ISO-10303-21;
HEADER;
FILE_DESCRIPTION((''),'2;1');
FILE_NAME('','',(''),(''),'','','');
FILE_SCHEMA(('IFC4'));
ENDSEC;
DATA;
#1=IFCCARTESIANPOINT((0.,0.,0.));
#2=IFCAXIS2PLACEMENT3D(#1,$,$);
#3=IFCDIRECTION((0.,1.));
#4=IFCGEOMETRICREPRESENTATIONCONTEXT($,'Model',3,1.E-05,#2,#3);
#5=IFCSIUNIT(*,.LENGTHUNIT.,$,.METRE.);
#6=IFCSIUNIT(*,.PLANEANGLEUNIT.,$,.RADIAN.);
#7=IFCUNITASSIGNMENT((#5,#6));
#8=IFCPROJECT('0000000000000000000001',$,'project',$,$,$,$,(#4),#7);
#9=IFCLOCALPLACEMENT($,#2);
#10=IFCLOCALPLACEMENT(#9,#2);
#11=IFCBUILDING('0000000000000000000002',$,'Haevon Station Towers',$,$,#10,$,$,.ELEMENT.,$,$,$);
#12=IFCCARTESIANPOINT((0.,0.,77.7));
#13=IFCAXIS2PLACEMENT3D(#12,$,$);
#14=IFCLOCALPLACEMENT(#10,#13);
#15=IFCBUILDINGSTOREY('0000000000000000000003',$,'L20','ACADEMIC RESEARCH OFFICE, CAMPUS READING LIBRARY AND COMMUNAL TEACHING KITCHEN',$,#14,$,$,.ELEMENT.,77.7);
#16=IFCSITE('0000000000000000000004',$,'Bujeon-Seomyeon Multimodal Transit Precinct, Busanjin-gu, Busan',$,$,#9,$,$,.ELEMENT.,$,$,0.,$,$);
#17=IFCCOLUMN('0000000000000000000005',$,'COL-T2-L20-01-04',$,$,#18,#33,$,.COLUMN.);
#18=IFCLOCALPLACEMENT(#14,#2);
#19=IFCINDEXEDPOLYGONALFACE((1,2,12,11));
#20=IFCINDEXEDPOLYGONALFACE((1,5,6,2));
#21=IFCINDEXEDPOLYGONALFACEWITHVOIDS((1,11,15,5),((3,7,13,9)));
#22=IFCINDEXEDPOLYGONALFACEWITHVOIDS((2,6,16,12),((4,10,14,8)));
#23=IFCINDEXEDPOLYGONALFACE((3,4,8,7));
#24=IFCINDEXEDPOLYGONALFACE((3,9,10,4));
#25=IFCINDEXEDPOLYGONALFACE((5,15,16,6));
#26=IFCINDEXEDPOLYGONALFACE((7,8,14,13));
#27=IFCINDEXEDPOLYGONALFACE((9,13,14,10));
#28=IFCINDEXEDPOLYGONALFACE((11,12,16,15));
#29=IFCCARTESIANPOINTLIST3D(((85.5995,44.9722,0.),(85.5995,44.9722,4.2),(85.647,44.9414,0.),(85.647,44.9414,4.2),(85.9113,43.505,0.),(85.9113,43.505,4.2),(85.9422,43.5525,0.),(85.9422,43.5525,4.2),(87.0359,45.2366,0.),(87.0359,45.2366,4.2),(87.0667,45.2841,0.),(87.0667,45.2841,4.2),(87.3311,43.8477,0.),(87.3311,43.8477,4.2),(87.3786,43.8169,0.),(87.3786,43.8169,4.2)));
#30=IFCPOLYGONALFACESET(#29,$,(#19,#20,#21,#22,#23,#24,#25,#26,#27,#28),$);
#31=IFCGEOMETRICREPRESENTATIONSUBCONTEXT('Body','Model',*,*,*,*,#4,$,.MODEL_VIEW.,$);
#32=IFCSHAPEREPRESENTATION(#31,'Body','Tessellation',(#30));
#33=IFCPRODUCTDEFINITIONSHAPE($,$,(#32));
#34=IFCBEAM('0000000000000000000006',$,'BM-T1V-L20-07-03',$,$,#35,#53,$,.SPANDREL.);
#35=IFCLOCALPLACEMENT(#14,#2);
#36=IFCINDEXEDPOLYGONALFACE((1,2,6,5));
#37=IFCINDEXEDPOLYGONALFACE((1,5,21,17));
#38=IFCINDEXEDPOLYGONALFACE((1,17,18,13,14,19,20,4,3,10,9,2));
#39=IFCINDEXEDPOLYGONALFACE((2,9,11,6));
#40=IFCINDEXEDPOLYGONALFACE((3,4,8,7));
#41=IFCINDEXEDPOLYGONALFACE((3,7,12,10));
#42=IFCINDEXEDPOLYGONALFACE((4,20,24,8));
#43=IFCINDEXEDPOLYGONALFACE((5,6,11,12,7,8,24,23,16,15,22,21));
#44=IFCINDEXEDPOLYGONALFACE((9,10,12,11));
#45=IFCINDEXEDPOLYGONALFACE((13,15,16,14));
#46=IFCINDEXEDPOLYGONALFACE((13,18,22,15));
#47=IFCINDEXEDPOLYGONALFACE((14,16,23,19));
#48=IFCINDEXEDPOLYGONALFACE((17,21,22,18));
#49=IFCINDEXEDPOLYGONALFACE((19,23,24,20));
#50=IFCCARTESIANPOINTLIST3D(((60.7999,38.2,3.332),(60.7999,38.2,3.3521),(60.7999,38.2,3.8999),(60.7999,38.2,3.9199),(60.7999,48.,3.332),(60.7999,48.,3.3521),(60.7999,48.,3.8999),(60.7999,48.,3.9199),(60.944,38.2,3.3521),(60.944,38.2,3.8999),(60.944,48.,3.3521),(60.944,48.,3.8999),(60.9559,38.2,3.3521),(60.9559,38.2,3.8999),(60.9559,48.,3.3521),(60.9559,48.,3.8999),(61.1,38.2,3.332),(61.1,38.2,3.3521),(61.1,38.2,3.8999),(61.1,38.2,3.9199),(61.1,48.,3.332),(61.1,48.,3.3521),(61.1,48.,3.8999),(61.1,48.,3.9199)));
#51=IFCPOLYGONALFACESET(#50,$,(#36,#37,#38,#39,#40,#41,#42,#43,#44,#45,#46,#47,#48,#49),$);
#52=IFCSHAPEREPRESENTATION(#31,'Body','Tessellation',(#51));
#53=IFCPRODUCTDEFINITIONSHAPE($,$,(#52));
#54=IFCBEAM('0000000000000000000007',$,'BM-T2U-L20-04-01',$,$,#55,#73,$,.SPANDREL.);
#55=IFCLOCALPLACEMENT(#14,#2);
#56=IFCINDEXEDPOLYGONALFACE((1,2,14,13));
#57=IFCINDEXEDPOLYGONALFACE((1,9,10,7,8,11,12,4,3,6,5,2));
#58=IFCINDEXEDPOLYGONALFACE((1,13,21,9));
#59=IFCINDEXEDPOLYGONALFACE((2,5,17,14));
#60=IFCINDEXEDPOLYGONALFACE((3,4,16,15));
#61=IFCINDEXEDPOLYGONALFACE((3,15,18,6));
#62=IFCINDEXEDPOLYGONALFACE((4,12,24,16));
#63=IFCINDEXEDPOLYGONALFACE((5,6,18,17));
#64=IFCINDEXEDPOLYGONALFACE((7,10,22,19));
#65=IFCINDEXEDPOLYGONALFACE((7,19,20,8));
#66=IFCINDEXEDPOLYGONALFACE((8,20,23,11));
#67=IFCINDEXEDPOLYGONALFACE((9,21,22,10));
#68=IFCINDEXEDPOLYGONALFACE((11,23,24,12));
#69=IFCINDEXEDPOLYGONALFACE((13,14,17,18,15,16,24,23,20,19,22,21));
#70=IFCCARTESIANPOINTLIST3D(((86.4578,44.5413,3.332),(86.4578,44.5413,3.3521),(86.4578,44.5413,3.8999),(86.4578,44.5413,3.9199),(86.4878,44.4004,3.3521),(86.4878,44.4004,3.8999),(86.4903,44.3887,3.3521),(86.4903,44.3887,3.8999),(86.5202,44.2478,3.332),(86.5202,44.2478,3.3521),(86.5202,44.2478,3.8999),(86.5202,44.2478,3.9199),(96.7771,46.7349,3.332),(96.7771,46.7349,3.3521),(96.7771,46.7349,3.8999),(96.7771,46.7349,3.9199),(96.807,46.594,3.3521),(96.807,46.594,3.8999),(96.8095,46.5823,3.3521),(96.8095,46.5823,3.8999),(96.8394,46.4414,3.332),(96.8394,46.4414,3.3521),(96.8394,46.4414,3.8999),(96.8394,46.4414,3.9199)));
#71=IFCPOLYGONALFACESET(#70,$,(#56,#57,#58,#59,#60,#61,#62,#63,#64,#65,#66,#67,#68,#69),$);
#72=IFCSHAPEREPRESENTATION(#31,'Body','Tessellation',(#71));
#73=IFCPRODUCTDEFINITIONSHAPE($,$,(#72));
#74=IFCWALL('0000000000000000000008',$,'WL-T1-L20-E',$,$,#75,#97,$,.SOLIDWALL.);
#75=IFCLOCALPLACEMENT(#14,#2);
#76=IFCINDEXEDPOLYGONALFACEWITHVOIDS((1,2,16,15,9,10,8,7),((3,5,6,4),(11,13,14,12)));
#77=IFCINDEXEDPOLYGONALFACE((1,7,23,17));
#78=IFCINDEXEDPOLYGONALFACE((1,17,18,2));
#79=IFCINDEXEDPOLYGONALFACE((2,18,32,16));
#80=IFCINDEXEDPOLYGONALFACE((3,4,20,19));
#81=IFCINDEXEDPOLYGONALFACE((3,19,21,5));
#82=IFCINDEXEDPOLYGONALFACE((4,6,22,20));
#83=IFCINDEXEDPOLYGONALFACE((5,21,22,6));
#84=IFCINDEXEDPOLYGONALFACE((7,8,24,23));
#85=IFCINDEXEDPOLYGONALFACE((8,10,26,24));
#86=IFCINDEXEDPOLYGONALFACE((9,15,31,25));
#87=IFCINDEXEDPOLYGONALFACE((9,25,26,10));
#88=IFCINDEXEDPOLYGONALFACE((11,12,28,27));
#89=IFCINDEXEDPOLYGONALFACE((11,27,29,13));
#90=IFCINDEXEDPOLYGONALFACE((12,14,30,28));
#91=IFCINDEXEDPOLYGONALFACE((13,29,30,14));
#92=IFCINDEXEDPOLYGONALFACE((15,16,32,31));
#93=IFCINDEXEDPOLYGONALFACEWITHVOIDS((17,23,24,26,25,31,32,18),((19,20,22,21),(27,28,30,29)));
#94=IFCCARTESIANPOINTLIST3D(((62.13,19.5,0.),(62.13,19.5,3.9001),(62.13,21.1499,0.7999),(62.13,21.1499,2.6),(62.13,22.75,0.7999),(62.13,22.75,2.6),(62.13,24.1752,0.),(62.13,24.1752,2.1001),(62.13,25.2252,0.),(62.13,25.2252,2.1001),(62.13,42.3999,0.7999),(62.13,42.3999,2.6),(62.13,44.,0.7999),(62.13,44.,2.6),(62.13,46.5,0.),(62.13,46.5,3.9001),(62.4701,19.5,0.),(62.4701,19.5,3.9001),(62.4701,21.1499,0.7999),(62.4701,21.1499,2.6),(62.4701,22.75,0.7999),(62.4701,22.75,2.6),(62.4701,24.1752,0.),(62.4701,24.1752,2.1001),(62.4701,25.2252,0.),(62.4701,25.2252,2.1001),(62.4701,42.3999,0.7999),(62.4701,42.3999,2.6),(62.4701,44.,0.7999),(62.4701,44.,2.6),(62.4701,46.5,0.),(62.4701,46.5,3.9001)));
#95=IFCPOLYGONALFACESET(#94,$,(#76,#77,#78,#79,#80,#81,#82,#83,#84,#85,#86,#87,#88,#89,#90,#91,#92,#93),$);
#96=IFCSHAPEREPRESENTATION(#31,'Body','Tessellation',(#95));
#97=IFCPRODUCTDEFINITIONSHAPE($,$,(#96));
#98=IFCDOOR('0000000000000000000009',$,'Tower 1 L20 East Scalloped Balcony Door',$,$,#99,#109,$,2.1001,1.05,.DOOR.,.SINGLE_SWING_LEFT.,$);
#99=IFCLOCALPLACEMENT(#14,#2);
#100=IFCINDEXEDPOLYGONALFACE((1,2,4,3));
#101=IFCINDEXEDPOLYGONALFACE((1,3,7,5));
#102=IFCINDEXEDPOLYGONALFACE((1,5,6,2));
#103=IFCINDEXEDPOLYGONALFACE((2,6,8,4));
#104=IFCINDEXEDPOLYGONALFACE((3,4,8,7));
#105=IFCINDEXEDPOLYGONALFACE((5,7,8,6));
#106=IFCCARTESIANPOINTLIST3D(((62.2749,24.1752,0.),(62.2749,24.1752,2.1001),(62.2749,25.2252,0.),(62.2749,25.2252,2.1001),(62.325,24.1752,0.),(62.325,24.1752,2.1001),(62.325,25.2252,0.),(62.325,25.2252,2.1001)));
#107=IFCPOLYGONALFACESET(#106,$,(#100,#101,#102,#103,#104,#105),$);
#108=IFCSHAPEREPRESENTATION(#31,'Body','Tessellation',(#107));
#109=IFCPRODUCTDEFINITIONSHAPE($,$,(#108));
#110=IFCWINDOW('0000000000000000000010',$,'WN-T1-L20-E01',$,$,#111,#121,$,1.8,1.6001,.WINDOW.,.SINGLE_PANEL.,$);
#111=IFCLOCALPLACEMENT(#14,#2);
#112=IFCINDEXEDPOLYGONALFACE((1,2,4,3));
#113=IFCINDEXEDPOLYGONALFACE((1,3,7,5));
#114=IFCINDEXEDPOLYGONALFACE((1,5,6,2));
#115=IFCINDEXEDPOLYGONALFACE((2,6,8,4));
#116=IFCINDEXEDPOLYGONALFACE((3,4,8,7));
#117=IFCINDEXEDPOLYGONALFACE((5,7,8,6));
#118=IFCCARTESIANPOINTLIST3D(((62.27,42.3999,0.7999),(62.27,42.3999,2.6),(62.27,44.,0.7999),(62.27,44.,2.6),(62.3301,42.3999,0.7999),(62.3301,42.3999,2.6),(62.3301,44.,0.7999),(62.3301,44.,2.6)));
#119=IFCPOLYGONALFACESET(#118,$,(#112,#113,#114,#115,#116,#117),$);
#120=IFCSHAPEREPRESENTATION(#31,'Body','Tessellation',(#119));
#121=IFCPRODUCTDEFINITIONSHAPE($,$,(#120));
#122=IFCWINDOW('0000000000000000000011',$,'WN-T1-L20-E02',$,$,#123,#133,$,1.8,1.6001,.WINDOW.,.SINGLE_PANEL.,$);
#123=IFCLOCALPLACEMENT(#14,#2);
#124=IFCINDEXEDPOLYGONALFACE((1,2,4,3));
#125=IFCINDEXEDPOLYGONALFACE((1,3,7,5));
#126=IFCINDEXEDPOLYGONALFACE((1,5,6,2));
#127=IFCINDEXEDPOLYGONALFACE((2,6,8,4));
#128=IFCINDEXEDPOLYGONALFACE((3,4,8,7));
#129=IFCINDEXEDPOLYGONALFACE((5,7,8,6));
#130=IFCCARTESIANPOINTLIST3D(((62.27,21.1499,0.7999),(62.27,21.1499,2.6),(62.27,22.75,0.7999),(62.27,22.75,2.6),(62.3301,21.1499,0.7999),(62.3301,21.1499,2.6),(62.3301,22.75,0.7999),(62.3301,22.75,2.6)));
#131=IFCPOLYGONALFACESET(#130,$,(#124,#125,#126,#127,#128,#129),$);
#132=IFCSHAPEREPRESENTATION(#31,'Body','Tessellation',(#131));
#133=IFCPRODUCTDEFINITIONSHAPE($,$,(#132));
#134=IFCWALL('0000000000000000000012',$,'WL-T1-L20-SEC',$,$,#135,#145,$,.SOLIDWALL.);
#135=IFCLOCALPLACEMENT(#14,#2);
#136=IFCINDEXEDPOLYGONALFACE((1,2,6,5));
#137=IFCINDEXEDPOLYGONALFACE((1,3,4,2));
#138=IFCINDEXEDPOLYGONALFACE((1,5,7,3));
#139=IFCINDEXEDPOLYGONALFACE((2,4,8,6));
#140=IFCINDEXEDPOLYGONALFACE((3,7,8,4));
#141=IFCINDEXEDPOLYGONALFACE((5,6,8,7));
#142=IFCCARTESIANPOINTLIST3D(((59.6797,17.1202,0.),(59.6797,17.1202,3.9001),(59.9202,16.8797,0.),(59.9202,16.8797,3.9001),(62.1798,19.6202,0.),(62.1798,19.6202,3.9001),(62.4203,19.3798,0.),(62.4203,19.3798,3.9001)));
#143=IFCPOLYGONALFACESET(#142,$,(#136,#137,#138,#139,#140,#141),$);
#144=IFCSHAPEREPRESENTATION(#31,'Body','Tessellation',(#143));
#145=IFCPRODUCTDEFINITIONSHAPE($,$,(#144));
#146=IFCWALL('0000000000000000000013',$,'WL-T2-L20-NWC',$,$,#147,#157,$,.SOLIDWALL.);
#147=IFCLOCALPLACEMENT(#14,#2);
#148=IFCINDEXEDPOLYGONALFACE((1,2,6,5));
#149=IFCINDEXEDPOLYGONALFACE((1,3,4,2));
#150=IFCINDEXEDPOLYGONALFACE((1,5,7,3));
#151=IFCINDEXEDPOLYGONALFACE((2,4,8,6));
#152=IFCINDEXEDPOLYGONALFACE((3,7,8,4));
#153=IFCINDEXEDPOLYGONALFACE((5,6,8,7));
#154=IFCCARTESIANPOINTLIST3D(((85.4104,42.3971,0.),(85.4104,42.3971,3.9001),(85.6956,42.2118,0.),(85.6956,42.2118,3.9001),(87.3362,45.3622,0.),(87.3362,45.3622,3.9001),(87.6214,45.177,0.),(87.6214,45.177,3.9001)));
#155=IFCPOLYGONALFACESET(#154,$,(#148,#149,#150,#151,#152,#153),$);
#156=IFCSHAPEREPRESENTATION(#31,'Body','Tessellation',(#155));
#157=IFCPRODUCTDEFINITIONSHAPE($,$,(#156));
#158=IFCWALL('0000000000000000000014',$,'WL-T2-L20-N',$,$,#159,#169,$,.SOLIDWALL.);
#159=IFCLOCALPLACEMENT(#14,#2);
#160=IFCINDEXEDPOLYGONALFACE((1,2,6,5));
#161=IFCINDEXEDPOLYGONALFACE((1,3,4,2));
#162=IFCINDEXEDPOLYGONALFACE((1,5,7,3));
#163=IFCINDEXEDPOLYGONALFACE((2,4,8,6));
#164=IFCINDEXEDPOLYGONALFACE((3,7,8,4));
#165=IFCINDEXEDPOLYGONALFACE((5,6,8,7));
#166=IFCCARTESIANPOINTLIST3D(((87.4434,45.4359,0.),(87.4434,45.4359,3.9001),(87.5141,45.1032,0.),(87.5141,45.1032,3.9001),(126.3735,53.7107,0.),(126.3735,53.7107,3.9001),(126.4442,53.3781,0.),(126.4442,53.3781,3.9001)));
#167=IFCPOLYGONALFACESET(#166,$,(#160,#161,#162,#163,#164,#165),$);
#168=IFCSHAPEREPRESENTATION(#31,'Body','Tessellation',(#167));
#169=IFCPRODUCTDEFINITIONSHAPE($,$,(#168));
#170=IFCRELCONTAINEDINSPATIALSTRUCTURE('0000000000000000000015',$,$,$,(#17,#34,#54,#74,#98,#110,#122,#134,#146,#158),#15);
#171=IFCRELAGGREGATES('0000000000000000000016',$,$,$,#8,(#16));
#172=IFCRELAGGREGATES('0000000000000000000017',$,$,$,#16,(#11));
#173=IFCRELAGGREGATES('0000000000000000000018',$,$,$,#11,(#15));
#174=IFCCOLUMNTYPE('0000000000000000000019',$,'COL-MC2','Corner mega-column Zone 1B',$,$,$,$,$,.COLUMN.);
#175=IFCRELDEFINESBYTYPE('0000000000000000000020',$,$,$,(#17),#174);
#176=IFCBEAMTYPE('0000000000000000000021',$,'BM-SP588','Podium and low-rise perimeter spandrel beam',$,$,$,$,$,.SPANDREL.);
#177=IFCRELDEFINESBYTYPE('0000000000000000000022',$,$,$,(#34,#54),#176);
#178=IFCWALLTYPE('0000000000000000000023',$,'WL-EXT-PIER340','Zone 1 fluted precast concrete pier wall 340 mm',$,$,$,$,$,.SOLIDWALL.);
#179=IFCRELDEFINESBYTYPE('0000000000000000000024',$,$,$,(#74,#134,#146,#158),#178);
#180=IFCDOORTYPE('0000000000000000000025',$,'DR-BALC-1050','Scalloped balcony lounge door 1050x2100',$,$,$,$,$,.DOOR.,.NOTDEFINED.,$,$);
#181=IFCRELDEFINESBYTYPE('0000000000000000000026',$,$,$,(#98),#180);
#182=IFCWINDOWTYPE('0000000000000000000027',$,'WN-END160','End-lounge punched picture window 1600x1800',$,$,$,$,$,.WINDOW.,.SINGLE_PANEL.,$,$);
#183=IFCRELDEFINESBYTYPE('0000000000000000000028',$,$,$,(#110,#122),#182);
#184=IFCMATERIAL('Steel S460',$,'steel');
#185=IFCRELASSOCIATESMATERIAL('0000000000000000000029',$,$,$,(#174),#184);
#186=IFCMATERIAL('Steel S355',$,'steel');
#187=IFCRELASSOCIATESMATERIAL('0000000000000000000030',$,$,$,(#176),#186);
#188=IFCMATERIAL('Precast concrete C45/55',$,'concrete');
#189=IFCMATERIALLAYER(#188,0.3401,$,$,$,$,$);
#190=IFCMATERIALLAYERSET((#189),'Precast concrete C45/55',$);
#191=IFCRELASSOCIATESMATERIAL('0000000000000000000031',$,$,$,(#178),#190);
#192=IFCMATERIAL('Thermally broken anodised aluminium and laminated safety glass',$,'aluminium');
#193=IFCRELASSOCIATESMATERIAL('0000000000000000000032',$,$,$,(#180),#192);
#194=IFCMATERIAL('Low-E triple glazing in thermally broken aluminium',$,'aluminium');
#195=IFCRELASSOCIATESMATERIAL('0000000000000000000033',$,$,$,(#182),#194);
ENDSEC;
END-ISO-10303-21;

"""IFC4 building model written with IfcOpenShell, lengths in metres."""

from ifc_helpers import new_model, si_unit, direction, frame, frame_2d, origin, origin_2d, place, context, subcontext, project, spatial, rectangle, hollow_rectangle, i_section, extrude, material, layer, layer_set, material_profile, profile_set, type_object, element, fill, save


model = new_model("IFC4")

# Units and contexts
model_context = context("Model", 3, precision=1e-05, world=origin(), true_north=direction((0.0, 1.0)))
body_context = subcontext(model_context, "Body", "Model", "MODEL_VIEW")
ifc_project = project(units=[si_unit("LENGTHUNIT", "METRE"), si_unit("PLANEANGLEUNIT", "RADIAN")], contexts=[model_context])

# Site, building, storey
site_placement = place(None, origin())
site = spatial("IfcSite", under=ifc_project, at=site_placement, Name="Bujeon-Seomyeon Multimodal Transit Precinct, Busanjin-gu, Busan", CompositionType="ELEMENT", RefElevation=0.0)
building_placement = place(site_placement, origin())
building = spatial("IfcBuilding", under=site, at=building_placement, Name="Haevon Station Towers", CompositionType="ELEMENT")
storey_placement = place(building_placement, frame((0.0, 0.0, 77.7)))
storey = spatial("IfcBuildingStorey", under=building, at=storey_placement, Name="L20", Description="ACADEMIC RESEARCH OFFICE, CAMPUS READING LIBRARY AND COMMUNAL TEACHING KITCHEN", CompositionType="ELEMENT", Elevation=77.7)

# Column
ifc_material_1 = material(Name="Steel S460", Category="steel")
ifc_material_profile_1 = material_profile(ifc_material_1, hollow_rectangle(XDim=1.5, YDim=1.5, WallThickness=0.04, at=origin_2d()), Name="BOX-1500x1500x40")
ifc_profile_set_1 = profile_set([ifc_material_profile_1], Name="Steel S460")
column_type = type_object("IfcColumnType", Name="COL-MC2", Description="Corner mega-column Zone 1B", PredefinedType="COLUMN", material=ifc_profile_set_1)
column_placement = place(storey_placement, frame((86.489, 44.3945, 0.0), z_axis=(0.0, 0.0, 1.0), x_axis=(0.978148, 0.207912, 0.0)))
element("IfcColumn", 1, at=column_placement, inside=storey, type_object=column_type, Name="COL-T2-L20-01-04", PredefinedType="COLUMN", context=body_context, shape_type="SweptSolid", body=[
    extrude(hollow_rectangle(XDim=1.5, YDim=1.5, WallThickness=0.04, at=origin_2d()), origin(), (0.0, 0.0, 1.0), 4.2),
])

# Beams
ifc_material_2 = material(Name="Steel S355", Category="steel")
ifc_material_profile_2 = material_profile(ifc_material_2, i_section(OverallWidth=0.3, OverallDepth=0.5879, WebThickness=0.012, FlangeThickness=0.02, at=origin_2d()), Name="H-588x300x12x20")
ifc_profile_set_2 = profile_set([ifc_material_profile_2], Name="Steel S355")
beam_type = type_object("IfcBeamType", Name="BM-SP588", Description="Podium and low-rise perimeter spandrel beam", PredefinedType="SPANDREL", material=ifc_profile_set_2)
beam_1_placement = place(storey_placement, frame((60.95, 38.2, 3.626), z_axis=(0.0, 1.0, 0.0), x_axis=(-1.0, 0.0, 0.0)))
element("IfcBeam", 2, at=beam_1_placement, inside=storey, type_object=beam_type, Name="BM-T1V-L20-07-03", PredefinedType="SPANDREL", context=body_context, shape_type="SweptSolid", body=[
    extrude(i_section(OverallWidth=0.3, OverallDepth=0.5879, WebThickness=0.012, FlangeThickness=0.02, at=origin_2d()), origin(), (0.0, 0.0, 1.0), 9.8),
])
beam_2_placement = place(storey_placement, frame((86.489, 44.3945, 3.626), z_axis=(0.978144, 0.207926, 0.0), x_axis=(-0.207926, 0.978144, 0.0)))
element("IfcBeam", 3, at=beam_2_placement, inside=storey, type_object=beam_type, Name="BM-T2U-L20-04-01", PredefinedType="SPANDREL", context=body_context, shape_type="SweptSolid", body=[
    extrude(i_section(OverallWidth=0.3, OverallDepth=0.5879, WebThickness=0.012, FlangeThickness=0.02, at=origin_2d()), origin(), (0.0, 0.0, 1.0), 10.5498),
])

# Wall, openings, door, windows
ifc_material_3 = material(Name="Precast concrete C45/55", Category="concrete")
ifc_layer_1 = layer(ifc_material_3, 0.3401)
ifc_layer_set_1 = layer_set([ifc_layer_1], Name="Precast concrete C45/55")
wall_type = type_object("IfcWallType", Name="WL-EXT-PIER340", Description="Zone 1 fluted precast concrete pier wall 340 mm", PredefinedType="SOLIDWALL", material=ifc_layer_set_1)
wall_1_placement = place(storey_placement, frame((62.3, 46.5, 0.0), z_axis=(0.0, 0.0, 1.0), x_axis=(0.0, -1.0, 0.0)))
wall_1 = element("IfcWall", 4, at=wall_1_placement, inside=storey, type_object=wall_type, Name="WL-T1-L20-E", PredefinedType="SOLIDWALL", context=body_context, shape_type="SweptSolid", body=[
    extrude(rectangle(XDim=27.0, YDim=0.3401, at=frame_2d((13.5, 0.0))), origin(), (0.0, 0.0, 1.0), 3.9001),
])
opening_1_placement = place(wall_1_placement, frame((21.2749, 0.0, 0.0)))
opening_1 = element("IfcOpeningElement", 5, at=opening_1_placement, cuts=wall_1, PredefinedType="OPENING", context=body_context, shape_type="SweptSolid", body=[
    extrude(rectangle(XDim=1.05, YDim=2.1001, at=frame_2d((0.5249, 1.05))), frame((0.0, 0.1799, 0.0), z_axis=(0.0, -1.0, 0.0), x_axis=(1.0, 0.0, 0.0)), (0.0, 0.0, 1.0), 0.3601),
])
opening_2_placement = place(wall_1_placement, frame((2.5, 0.0, 0.8)))
opening_2 = element("IfcOpeningElement", 6, at=opening_2_placement, cuts=wall_1, PredefinedType="OPENING", context=body_context, shape_type="SweptSolid", body=[
    extrude(rectangle(XDim=1.6001, YDim=1.8, at=frame_2d((0.8, 0.8999))), frame((0.0, 0.1799, 0.0), z_axis=(0.0, -1.0, 0.0), x_axis=(1.0, 0.0, 0.0)), (0.0, 0.0, 1.0), 0.3601),
])
opening_3_placement = place(wall_1_placement, frame((23.75, 0.0, 0.8)))
opening_3 = element("IfcOpeningElement", 7, at=opening_3_placement, cuts=wall_1, PredefinedType="OPENING", context=body_context, shape_type="SweptSolid", body=[
    extrude(rectangle(XDim=1.6001, YDim=1.8, at=frame_2d((0.8, 0.8999))), frame((0.0, 0.1799, 0.0), z_axis=(0.0, -1.0, 0.0), x_axis=(1.0, 0.0, 0.0)), (0.0, 0.0, 1.0), 0.3601),
])
ifc_material_4 = material(Name="Thermally broken anodised aluminium and laminated safety glass", Category="aluminium")
door_type = type_object("IfcDoorType", Name="DR-BALC-1050", Description="Scalloped balcony lounge door 1050x2100", OperationType="NOTDEFINED", PredefinedType="DOOR", material=ifc_material_4)
door_placement = place(opening_1_placement, origin())
door = element("IfcDoor", 8, at=door_placement, inside=storey, type_object=door_type, Name="Tower 1 L20 East Scalloped Balcony Door", OperationType="SINGLE_SWING_LEFT", OverallHeight=2.1001, OverallWidth=1.05, PredefinedType="DOOR", context=body_context, shape_type="SweptSolid", body=[
    extrude(rectangle(XDim=1.05, YDim=2.1001, at=frame_2d((0.5249, 1.05))), frame((0.0, 0.0249, 0.0), z_axis=(0.0, -1.0, 0.0), x_axis=(1.0, 0.0, 0.0)), (0.0, 0.0, 1.0), 0.05),
])
fill(opening_1, door)
ifc_material_5 = material(Name="Low-E triple glazing in thermally broken aluminium", Category="aluminium")
window_type = type_object("IfcWindowType", Name="WN-END160", Description="End-lounge punched picture window 1600x1800", PartitioningType="SINGLE_PANEL", PredefinedType="WINDOW", material=ifc_material_5)
window_1_placement = place(opening_2_placement, origin())
window_1 = element("IfcWindow", 9, at=window_1_placement, inside=storey, type_object=window_type, Name="WN-T1-L20-E01", OverallHeight=1.8, OverallWidth=1.6001, PartitioningType="SINGLE_PANEL", PredefinedType="WINDOW", context=body_context, shape_type="SweptSolid", body=[
    extrude(rectangle(XDim=1.6001, YDim=1.8, at=frame_2d((0.8, 0.8999))), frame((0.0, 0.03, 0.0), z_axis=(0.0, -1.0, 0.0), x_axis=(1.0, 0.0, 0.0)), (0.0, 0.0, 1.0), 0.0601),
])
fill(opening_2, window_1)
window_2_placement = place(opening_3_placement, origin())
window_2 = element("IfcWindow", 10, at=window_2_placement, inside=storey, type_object=window_type, Name="WN-T1-L20-E02", OverallHeight=1.8, OverallWidth=1.6001, PartitioningType="SINGLE_PANEL", PredefinedType="WINDOW", context=body_context, shape_type="SweptSolid", body=[
    extrude(rectangle(XDim=1.6001, YDim=1.8, at=frame_2d((0.8, 0.8999))), frame((0.0, 0.03, 0.0), z_axis=(0.0, -1.0, 0.0), x_axis=(1.0, 0.0, 0.0)), (0.0, 0.0, 1.0), 0.0601),
])
fill(opening_3, window_2)

# Walls
for number, where, z_axis, x_axis, name in (
    (11, (62.3, 19.5, 0.0), (0.0, 0.0, 1.0), (-0.707107, -0.707107, 0.0), "WL-T1-L20-SEC"),
    (12, (85.553, 42.3044, 0.0), (0.0, 0.0, 1.0), (0.544685, 0.838641, 0.0), "WL-T2-L20-NWC"),
):
    element("IfcWall", number, at=place(storey_placement, frame(where, z_axis=z_axis, x_axis=x_axis)), inside=storey, type_object=wall_type, Name=name, PredefinedType="SOLIDWALL", context=body_context, shape_type="SweptSolid", body=[
        extrude(rectangle(XDim=3.5356, YDim=0.3401, at=frame_2d((1.7678, 0.0))), origin(), (0.0, 0.0, 1.0), 3.9001),
    ])
wall_2_placement = place(storey_placement, frame((87.4788, 45.2695, 0.0), z_axis=(0.0, 0.0, 1.0), x_axis=(0.978147, 0.207913, 0.0)))
element("IfcWall", 13, at=wall_2_placement, inside=storey, type_object=wall_type, Name="WL-T2-L20-N", PredefinedType="SOLIDWALL", context=body_context, shape_type="SweptSolid", body=[
    extrude(rectangle(XDim=39.7998, YDim=0.3401, at=frame_2d((19.8999, 0.0))), origin(), (0.0, 0.0, 1.0), 3.9001),
])

save(model, "model.ifc")
